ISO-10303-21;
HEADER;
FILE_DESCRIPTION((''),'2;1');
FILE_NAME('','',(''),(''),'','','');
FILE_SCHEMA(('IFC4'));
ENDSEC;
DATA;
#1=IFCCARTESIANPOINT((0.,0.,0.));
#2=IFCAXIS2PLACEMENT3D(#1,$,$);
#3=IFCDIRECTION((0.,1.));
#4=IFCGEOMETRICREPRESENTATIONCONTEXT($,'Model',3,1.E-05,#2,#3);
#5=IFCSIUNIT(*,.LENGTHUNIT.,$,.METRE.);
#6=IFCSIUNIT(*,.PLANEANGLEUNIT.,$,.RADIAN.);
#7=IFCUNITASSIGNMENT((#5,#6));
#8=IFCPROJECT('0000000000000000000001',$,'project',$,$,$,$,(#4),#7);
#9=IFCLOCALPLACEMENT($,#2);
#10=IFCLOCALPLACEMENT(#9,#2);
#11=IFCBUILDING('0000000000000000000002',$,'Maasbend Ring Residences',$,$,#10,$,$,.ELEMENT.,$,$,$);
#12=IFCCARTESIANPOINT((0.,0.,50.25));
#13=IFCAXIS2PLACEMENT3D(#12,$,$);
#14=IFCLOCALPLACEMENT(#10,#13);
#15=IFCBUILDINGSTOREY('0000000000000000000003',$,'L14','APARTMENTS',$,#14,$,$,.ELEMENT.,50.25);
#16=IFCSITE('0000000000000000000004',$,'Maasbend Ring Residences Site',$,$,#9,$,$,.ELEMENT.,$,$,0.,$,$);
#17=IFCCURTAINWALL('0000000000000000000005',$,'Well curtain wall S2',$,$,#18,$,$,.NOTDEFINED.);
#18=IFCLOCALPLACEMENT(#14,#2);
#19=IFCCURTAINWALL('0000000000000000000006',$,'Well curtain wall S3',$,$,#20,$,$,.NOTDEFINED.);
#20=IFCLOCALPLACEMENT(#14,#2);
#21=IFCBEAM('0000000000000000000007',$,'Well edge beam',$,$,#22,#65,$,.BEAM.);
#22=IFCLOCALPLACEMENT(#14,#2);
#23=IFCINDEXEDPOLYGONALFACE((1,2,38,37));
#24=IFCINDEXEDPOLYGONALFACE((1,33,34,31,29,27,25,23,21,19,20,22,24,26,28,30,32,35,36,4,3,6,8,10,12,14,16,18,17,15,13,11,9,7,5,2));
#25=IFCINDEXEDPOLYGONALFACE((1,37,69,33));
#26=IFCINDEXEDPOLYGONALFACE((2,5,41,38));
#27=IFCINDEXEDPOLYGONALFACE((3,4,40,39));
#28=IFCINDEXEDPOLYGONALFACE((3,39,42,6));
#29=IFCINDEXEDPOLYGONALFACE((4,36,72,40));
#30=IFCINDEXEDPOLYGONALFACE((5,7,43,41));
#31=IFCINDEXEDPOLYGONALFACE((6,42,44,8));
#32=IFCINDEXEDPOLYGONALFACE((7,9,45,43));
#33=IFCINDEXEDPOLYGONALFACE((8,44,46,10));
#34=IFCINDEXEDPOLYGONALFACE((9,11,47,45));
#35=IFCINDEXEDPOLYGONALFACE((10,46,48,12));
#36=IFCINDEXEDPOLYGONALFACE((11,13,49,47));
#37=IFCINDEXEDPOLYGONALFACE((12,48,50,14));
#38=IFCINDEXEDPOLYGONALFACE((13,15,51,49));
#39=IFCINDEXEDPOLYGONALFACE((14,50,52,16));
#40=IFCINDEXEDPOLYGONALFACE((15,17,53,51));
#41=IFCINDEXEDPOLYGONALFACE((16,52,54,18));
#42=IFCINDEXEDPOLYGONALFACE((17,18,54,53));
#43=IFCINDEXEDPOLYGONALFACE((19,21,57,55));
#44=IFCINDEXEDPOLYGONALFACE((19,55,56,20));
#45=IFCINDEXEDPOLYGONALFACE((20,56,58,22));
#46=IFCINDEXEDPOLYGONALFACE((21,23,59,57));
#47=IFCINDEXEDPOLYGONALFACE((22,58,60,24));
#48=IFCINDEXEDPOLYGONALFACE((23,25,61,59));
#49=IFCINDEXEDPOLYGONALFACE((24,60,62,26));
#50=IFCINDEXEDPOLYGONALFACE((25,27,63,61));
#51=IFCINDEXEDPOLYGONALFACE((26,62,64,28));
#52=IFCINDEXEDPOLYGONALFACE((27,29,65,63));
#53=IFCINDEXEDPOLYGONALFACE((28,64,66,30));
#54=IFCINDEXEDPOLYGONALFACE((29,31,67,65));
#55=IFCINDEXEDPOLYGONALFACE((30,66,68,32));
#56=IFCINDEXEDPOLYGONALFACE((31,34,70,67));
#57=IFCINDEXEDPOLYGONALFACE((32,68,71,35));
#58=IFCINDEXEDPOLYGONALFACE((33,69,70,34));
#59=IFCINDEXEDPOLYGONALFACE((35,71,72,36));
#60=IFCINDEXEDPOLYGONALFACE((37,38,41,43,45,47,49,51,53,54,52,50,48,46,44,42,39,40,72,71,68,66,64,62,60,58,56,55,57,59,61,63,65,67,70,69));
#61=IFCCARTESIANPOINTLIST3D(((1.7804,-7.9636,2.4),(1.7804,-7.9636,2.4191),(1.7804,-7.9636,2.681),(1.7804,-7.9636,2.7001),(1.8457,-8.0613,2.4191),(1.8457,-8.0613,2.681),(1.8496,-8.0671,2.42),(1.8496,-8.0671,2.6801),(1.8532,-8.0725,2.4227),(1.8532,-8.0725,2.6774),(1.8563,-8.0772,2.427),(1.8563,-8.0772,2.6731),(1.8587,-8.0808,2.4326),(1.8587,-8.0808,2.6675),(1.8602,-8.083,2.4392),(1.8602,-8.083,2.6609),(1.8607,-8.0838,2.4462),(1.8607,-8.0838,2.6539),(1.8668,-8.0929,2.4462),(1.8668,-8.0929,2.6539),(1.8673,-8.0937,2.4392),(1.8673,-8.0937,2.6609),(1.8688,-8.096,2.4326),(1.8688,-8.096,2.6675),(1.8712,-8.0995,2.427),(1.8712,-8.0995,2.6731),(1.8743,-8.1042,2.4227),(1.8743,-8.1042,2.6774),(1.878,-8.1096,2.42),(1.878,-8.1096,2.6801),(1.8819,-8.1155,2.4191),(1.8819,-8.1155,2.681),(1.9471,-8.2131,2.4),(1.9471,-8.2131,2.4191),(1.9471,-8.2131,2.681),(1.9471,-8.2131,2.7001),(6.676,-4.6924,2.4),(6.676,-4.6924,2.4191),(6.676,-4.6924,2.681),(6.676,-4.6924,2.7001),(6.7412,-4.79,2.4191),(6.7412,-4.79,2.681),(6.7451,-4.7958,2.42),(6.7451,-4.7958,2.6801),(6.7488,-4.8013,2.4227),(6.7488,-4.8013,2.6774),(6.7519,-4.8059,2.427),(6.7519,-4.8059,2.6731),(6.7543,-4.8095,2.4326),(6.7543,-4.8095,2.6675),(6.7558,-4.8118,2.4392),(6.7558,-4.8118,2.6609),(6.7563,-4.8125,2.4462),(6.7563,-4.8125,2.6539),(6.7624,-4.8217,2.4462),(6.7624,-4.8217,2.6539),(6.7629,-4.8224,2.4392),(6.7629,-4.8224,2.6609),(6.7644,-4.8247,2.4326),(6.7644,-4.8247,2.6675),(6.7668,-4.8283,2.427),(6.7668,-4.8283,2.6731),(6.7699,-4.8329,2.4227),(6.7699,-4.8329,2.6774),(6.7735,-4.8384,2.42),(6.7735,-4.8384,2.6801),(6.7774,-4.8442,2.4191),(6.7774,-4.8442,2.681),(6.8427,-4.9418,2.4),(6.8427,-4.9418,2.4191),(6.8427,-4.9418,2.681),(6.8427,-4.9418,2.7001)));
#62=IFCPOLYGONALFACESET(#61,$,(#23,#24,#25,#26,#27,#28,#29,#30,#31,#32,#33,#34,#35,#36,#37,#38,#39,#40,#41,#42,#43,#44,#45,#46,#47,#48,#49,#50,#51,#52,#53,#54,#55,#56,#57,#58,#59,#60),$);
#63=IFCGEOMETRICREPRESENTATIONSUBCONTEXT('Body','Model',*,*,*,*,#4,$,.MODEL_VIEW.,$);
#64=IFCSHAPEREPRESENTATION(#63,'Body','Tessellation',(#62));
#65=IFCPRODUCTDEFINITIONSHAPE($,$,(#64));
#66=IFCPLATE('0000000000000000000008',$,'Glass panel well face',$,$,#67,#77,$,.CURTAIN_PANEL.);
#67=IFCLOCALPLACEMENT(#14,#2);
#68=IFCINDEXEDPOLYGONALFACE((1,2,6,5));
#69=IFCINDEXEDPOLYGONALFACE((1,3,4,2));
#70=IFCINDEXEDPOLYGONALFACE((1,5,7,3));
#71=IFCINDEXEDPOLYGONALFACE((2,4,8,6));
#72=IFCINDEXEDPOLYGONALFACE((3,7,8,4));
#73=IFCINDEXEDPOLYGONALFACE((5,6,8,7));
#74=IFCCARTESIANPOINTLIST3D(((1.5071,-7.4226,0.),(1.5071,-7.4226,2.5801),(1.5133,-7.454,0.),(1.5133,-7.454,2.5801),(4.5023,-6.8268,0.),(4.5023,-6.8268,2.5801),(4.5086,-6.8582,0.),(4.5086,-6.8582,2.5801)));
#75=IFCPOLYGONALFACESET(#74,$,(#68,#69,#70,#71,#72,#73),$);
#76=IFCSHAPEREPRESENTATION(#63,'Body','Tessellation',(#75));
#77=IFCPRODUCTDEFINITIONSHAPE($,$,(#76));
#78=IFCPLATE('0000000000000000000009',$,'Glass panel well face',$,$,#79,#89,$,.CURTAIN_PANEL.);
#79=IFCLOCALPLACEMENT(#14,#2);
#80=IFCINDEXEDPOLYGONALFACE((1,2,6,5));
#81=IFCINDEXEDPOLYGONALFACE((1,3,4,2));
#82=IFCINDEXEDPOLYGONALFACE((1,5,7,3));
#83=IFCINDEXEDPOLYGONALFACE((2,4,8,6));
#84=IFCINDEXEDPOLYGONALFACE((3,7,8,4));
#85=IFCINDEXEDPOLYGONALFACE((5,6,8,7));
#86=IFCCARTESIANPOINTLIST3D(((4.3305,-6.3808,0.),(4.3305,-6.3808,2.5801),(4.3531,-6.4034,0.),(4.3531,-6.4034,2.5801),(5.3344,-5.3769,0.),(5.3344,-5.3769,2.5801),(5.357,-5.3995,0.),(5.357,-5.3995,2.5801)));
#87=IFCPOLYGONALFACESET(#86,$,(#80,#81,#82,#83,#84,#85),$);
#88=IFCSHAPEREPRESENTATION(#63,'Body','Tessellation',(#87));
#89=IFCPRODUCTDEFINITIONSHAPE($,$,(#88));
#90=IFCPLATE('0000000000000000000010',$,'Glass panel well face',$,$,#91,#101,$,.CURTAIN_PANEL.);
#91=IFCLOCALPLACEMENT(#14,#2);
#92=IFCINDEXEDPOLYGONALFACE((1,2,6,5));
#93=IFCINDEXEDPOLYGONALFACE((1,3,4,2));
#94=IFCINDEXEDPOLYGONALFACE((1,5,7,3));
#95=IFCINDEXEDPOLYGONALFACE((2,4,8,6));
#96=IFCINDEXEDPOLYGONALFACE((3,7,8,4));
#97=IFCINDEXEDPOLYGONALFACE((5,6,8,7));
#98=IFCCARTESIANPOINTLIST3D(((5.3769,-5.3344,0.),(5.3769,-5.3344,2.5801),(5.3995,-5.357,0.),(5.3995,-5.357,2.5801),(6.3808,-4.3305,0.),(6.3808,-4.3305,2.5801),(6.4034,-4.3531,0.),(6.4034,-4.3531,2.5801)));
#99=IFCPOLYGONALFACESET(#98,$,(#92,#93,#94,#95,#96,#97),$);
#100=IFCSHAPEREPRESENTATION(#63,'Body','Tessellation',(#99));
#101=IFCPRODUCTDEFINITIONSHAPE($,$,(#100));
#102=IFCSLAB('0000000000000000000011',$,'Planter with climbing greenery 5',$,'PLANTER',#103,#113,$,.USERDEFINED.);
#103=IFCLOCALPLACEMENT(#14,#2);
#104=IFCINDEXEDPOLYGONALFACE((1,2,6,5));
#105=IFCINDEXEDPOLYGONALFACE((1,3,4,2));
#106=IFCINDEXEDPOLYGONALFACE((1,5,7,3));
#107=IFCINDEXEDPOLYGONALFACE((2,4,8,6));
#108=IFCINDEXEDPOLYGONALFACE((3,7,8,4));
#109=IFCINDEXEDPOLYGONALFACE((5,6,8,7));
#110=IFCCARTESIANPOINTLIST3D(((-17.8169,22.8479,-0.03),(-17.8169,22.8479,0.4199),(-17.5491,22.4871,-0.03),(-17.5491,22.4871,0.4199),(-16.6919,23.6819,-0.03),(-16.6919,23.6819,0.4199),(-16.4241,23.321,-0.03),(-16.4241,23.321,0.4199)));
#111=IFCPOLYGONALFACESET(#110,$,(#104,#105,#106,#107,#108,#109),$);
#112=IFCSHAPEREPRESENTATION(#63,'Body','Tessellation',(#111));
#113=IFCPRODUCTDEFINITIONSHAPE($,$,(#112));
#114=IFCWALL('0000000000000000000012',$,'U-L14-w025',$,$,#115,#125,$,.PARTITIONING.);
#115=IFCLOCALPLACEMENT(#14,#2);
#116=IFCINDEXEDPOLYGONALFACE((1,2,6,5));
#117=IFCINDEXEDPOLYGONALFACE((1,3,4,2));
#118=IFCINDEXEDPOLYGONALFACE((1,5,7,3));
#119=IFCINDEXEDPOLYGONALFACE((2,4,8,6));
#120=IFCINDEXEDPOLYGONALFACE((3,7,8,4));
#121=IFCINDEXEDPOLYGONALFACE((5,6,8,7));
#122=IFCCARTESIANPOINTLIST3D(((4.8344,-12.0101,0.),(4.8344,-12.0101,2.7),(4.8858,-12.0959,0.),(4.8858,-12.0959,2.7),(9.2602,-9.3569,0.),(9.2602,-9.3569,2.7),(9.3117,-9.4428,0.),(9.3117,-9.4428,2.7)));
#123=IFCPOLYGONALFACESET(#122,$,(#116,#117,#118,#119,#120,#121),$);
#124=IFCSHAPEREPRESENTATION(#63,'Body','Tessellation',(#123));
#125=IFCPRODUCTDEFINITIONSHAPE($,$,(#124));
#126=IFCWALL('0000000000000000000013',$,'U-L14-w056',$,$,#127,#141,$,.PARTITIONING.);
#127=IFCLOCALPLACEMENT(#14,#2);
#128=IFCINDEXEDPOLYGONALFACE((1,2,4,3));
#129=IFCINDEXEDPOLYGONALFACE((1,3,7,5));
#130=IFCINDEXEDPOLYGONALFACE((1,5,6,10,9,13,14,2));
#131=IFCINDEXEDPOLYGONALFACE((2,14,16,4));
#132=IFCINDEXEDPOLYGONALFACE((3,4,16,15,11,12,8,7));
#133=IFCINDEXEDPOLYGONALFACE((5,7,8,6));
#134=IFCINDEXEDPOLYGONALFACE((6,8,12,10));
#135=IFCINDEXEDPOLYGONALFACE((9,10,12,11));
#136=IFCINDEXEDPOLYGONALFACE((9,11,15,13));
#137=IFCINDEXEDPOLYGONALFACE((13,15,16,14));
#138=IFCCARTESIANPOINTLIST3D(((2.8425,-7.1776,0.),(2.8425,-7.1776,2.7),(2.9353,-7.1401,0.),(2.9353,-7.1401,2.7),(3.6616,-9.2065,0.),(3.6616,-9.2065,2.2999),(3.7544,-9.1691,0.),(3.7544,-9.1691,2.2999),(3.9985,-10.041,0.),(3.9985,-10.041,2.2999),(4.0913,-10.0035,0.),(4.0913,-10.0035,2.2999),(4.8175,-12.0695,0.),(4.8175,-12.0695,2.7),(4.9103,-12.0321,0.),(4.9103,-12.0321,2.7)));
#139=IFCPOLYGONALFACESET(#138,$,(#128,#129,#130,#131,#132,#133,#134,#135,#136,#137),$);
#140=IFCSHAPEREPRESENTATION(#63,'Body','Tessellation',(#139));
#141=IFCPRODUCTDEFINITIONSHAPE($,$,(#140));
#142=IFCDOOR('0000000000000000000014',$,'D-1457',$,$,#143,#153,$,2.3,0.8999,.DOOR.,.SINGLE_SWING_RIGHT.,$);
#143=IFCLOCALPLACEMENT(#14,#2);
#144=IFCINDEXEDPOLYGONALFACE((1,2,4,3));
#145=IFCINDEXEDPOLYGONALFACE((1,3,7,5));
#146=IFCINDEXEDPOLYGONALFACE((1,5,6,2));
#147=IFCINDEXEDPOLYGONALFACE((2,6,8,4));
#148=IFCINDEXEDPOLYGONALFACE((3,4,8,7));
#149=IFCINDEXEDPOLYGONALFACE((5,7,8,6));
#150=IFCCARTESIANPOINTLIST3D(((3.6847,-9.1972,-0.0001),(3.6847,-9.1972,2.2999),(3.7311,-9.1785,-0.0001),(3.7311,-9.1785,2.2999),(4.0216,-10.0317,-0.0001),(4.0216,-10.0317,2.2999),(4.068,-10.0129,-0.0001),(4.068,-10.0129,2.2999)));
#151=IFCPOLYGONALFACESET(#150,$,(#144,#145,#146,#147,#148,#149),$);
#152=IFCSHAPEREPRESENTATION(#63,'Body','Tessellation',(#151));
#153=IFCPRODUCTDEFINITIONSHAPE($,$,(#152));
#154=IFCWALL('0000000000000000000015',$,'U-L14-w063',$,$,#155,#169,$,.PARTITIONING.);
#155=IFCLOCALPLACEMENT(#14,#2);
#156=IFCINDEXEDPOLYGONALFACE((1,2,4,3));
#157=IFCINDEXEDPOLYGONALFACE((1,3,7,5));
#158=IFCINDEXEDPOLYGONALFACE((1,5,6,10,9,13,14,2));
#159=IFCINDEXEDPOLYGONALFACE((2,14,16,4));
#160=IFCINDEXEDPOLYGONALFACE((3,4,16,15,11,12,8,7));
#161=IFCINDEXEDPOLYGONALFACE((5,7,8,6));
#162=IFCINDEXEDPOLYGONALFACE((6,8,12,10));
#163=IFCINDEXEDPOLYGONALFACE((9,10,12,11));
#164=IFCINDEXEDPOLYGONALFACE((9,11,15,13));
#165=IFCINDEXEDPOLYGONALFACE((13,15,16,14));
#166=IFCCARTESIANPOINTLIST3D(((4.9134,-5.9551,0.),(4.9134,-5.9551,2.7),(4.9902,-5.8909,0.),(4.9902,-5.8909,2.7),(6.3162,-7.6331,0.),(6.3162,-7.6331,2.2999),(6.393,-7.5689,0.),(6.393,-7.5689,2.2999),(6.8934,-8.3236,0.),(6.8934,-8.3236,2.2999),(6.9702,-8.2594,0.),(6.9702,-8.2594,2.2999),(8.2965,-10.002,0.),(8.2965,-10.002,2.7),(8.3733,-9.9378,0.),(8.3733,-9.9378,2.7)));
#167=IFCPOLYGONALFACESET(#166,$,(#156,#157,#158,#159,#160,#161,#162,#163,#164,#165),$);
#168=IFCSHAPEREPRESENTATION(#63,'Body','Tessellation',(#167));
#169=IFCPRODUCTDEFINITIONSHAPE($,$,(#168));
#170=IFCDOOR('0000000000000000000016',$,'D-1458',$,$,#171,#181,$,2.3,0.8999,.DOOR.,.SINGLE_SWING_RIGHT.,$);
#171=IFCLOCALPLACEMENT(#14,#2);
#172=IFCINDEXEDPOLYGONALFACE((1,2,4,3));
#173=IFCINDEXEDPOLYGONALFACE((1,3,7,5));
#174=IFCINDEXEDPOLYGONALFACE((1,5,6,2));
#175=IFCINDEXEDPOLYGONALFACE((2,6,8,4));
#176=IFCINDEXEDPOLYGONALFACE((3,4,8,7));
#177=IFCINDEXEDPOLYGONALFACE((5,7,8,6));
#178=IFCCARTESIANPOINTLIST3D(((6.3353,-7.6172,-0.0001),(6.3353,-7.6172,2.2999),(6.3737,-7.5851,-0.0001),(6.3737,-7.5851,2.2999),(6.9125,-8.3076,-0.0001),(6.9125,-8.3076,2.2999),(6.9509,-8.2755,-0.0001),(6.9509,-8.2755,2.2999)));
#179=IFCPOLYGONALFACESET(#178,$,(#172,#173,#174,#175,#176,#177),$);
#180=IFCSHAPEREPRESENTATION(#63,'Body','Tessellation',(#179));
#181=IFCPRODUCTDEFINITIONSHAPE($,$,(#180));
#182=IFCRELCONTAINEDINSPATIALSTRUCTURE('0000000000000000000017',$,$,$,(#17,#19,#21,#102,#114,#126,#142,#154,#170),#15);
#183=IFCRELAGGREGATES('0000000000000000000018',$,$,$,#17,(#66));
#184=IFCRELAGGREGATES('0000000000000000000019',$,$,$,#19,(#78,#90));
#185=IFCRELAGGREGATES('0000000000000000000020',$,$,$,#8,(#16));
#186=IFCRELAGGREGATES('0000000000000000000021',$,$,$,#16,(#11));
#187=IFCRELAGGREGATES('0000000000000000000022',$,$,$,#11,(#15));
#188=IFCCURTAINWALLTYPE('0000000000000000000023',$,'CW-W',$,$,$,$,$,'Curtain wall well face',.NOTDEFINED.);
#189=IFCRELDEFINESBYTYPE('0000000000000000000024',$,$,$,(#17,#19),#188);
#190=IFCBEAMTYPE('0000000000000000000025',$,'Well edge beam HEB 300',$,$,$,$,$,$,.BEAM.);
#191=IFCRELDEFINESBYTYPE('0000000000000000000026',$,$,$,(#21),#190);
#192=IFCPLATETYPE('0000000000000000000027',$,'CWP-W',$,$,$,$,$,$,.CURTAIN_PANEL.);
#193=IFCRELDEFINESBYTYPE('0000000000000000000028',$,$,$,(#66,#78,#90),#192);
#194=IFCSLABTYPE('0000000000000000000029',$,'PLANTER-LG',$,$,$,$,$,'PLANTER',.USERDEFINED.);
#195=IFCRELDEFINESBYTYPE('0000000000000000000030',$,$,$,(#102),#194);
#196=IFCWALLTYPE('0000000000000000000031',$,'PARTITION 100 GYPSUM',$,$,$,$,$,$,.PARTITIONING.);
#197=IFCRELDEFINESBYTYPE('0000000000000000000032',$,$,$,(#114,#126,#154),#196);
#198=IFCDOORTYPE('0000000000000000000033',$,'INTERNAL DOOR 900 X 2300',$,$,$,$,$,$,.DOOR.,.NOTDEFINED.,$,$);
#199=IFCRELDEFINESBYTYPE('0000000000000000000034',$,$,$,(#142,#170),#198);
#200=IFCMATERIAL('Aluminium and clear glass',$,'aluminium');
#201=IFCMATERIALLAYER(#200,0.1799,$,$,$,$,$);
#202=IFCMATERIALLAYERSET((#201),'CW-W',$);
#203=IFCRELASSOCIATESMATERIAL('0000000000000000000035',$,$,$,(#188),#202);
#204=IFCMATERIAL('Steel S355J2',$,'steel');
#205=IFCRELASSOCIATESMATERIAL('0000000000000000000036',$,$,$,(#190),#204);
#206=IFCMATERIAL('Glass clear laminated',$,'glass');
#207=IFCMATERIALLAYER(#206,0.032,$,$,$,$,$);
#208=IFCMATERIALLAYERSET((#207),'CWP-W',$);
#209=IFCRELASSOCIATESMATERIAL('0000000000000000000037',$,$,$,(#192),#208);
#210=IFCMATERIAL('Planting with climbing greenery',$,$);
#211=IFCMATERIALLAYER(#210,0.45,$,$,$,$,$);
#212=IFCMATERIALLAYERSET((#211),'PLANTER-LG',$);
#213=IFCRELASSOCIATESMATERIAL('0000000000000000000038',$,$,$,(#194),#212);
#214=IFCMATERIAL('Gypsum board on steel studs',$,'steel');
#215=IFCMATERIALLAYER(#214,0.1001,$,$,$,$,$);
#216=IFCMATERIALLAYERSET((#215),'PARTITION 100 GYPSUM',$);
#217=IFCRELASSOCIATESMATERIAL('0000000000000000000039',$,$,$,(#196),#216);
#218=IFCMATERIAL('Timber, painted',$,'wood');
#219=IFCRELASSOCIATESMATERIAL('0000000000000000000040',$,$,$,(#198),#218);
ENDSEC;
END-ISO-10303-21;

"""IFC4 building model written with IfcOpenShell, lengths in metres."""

from ifc_helpers import new_model, si_unit, direction, frame, frame_2d, origin, origin_2d, place, context, subcontext, project, spatial, polyline, rectangle, i_section, outline, extrude, material, layer, layer_set, material_profile, profile_set, type_object, element, fill, aggregate, save


model = new_model("IFC4")

# Units and contexts
model_context = context("Model", 3, precision=1e-05, world=origin(), true_north=direction((0.0, 1.0)))
body_context = subcontext(model_context, "Body", "Model", "MODEL_VIEW")
ifc_project = project(units=[si_unit("LENGTHUNIT", "METRE"), si_unit("PLANEANGLEUNIT", "RADIAN")], contexts=[model_context])

# Site, building, storey
site_placement = place(None, origin())
site = spatial("IfcSite", under=ifc_project, at=site_placement, Name="Maasbend Ring Residences Site", CompositionType="ELEMENT", RefElevation=0.0)
building_placement = place(site_placement, origin())
building = spatial("IfcBuilding", under=site, at=building_placement, Name="Maasbend Ring Residences", CompositionType="ELEMENT")
storey_placement = place(building_placement, frame((0.0, 0.0, 50.25)))
storey = spatial("IfcBuildingStorey", under=building, at=storey_placement, Name="L14", Description="APARTMENTS", CompositionType="ELEMENT", Elevation=50.25)

# Curtain walls
ifc_material_1 = material(Name="Aluminium and clear glass", Category="aluminium")
ifc_layer_1 = layer(ifc_material_1, 0.1799)
ifc_layer_set_1 = layer_set([ifc_layer_1], Name="CW-W")
curtain_wall_type = type_object("IfcCurtainWallType", Name="CW-W", ElementType="Curtain wall well face", PredefinedType="NOTDEFINED", material=ifc_layer_set_1)
curtain_wall_1_placement = place(storey_placement, origin())
curtain_wall_1 = element("IfcCurtainWall", 1, at=curtain_wall_1_placement, inside=storey, type_object=curtain_wall_type, Name="Well curtain wall S2", PredefinedType="NOTDEFINED")
curtain_wall_2_placement = place(storey_placement, origin())
curtain_wall_2 = element("IfcCurtainWall", 2, at=curtain_wall_2_placement, inside=storey, type_object=curtain_wall_type, Name="Well curtain wall S3", PredefinedType="NOTDEFINED")

# Beam
ifc_material_2 = material(Name="Steel S355J2", Category="steel")
ifc_material_profile_1 = material_profile(ifc_material_2, i_section(OverallWidth=0.3, OverallDepth=0.3, WebThickness=0.011, FlangeThickness=0.019, FilletRadius=0.0271, at=origin_2d()), Name="HEB 300")
ifc_profile_set_1 = profile_set([ifc_material_profile_1], Name="Steel S355J2")
beam_type = type_object("IfcBeamType", Name="Well edge beam HEB 300", PredefinedType="BEAM", material=ifc_profile_set_1)
beam_placement = place(storey_placement, frame((1.8638, -8.0884, 2.55), z_axis=(0.831457, 0.55559, 0.0), x_axis=(-0.55559, 0.831457, 0.0)))
element("IfcBeam", 3, at=beam_placement, inside=storey, type_object=beam_type, Name="Well edge beam", PredefinedType="BEAM", context=body_context, shape_type="SweptSolid", body=[
    extrude(i_section(OverallWidth=0.3, OverallDepth=0.3, WebThickness=0.011, FlangeThickness=0.019, FilletRadius=0.0271, at=origin_2d()), origin(), (0.0, 0.0, 1.0), 5.8879),
])

# Plates
ifc_material_3 = material(Name="Glass clear laminated", Category="glass")
ifc_layer_2 = layer(ifc_material_3, 0.032)
ifc_layer_set_2 = layer_set([ifc_layer_2], Name="CWP-W")
plate_type = type_object("IfcPlateType", Name="CWP-W", PredefinedType="CURTAIN_PANEL", material=ifc_layer_set_2)
plate_1_placement = place(storey_placement, frame((3.0078, -7.1404, 0.0), z_axis=(0.0, 0.0, 1.0), x_axis=(0.980785, 0.19509, 0.0)))
plate_1 = element("IfcPlate", 4, at=plate_1_placement, type_object=plate_type, Name="Glass panel well face", PredefinedType="CURTAIN_PANEL", context=body_context, shape_type="SweptSolid", body=[
    extrude(rectangle(XDim=3.054, YDim=0.032, at=origin_2d()), origin(), (0.0, 0.0, 1.0), 2.5801),
])
aggregate(curtain_wall_1, [plate_1])
plate_2_placement = place(storey_placement, frame((4.8438, -5.8901, 0.0), z_axis=(0.0, 0.0, 1.0), x_axis=(0.707107, 0.707107, 0.0)))
plate_2 = element("IfcPlate", 5, at=plate_2_placement, type_object=plate_type, Name="Glass panel well face", PredefinedType="CURTAIN_PANEL", context=body_context, shape_type="SweptSolid", body=[
    extrude(rectangle(XDim=1.4197, YDim=0.032, at=origin_2d()), origin(), (0.0, 0.0, 1.0), 2.5801),
])
plate_3_placement = place(storey_placement, frame((5.8901, -4.8438, 0.0), z_axis=(0.0, 0.0, 1.0), x_axis=(0.707107, 0.707107, 0.0)))
plate_3 = element("IfcPlate", 6, at=plate_3_placement, type_object=plate_type, Name="Glass panel well face", PredefinedType="CURTAIN_PANEL", context=body_context, shape_type="SweptSolid", body=[
    extrude(rectangle(XDim=1.4197, YDim=0.032, at=origin_2d()), origin(), (0.0, 0.0, 1.0), 2.5801),
])
aggregate(curtain_wall_2, [plate_2, plate_3])

# Slab
ifc_material_4 = material(Name="Planting with climbing greenery")
ifc_layer_3 = layer(ifc_material_4, 0.45)
ifc_layer_set_3 = layer_set([ifc_layer_3], Name="PLANTER-LG")
slab_type = type_object("IfcSlabType", Name="PLANTER-LG", ElementType="PLANTER", PredefinedType="USERDEFINED", material=ifc_layer_set_3)
slab_placement = place(storey_placement, frame((0.0, 0.0, -0.03)))
element("IfcSlab", 7, at=slab_placement, inside=storey, type_object=slab_type, Name="Planter with climbing greenery 5", ObjectType="PLANTER", PredefinedType="USERDEFINED", context=body_context, shape_type="SweptSolid", body=[
    extrude(outline(polyline([(-16.6919, 23.6819), (-17.8169, 22.8479), (-17.5491, 22.4871), (-16.4241, 23.321), (-16.6919, 23.6819)])), origin(), (0.0, 0.0, 1.0), 0.45),
])

# Wall
ifc_material_5 = material(Name="Gypsum board on steel studs", Category="steel")
ifc_layer_4 = layer(ifc_material_5, 0.1001)
ifc_layer_set_4 = layer_set([ifc_layer_4], Name="PARTITION 100 GYPSUM")
wall_type = type_object("IfcWallType", Name="PARTITION 100 GYPSUM", PredefinedType="PARTITIONING", material=ifc_layer_set_4)
wall_1_placement = place(storey_placement, frame((4.8601, -12.053, 0.0), z_axis=(0.0, 0.0, 1.0), x_axis=(0.857697, 0.514155, 0.0)))
element("IfcWall", 8, at=wall_1_placement, inside=storey, type_object=wall_type, Name="U-L14-w025", PredefinedType="PARTITIONING", context=body_context, shape_type="SweptSolid", body=[
    extrude(rectangle(XDim=5.1602, YDim=0.1001, at=frame_2d((2.5801, 0.0))), origin(), (0.0, 0.0, 1.0), 2.7),
])

# Walls, openings, doors
wall_2_placement = place(storey_placement, frame((2.8889, -7.1589, 0.0), z_axis=(0.0, 0.0, 1.0), x_axis=(0.374373, -0.927278, 0.0)))
wall_2 = element("IfcWall", 9, at=wall_2_placement, inside=storey, type_object=wall_type, Name="U-L14-w056", PredefinedType="PARTITIONING", context=body_context, shape_type="SweptSolid", body=[
    extrude(rectangle(XDim=5.2756, YDim=0.1001, at=frame_2d((2.6377, 0.0))), origin(), (0.0, 0.0, 1.0), 2.7),
])
opening_1_placement = place(wall_2_placement, frame((2.188, 0.0, 0.0)))
opening_1 = element("IfcOpeningElement", 10, at=opening_1_placement, cuts=wall_2, PredefinedType="OPENING", context=body_context, shape_type="SweptSolid", body=[
    extrude(rectangle(XDim=0.8999, YDim=2.3, at=frame_2d((0.45, 1.1499))), frame((0.0, 0.0601, 0.0), z_axis=(0.0, -1.0, 0.0), x_axis=(1.0, 0.0, 0.0)), (0.0, 0.0, 1.0), 0.1201),
])
ifc_material_6 = material(Name="Timber, painted", Category="wood")
door_type = type_object("IfcDoorType", Name="INTERNAL DOOR 900 X 2300", OperationType="NOTDEFINED", PredefinedType="DOOR", material=ifc_material_6)
door_1_placement = place(opening_1_placement, origin())
door_1 = element("IfcDoor", 11, at=door_1_placement, inside=storey, type_object=door_type, Name="D-1457", OperationType="SINGLE_SWING_RIGHT", OverallHeight=2.3, OverallWidth=0.8999, PredefinedType="DOOR", context=body_context, shape_type="SweptSolid", body=[
    extrude(rectangle(XDim=0.8999, YDim=2.3, at=frame_2d((0.45, 1.1499))), frame((0.0, 0.0249, 0.0), z_axis=(0.0, -1.0, 0.0), x_axis=(1.0, 0.0, 0.0)), (0.0, 0.0, 1.0), 0.05),
])
fill(opening_1, door_1)
wall_3_placement = place(storey_placement, frame((4.9519, -5.9231, 0.0), z_axis=(0.0, 0.0, 1.0), x_axis=(0.641376, -0.767226, 0.0)))
wall_3 = element("IfcWall", 12, at=wall_3_placement, inside=storey, type_object=wall_type, Name="U-L14-w063", PredefinedType="PARTITIONING", context=body_context, shape_type="SweptSolid", body=[
    extrude(rectangle(XDim=5.2747, YDim=0.1001, at=frame_2d((2.6372, 0.0))), origin(), (0.0, 0.0, 1.0), 2.7),
])
opening_2_placement = place(wall_3_placement, frame((2.187, 0.0, 0.0)))
opening_2 = element("IfcOpeningElement", 13, at=opening_2_placement, cuts=wall_3, PredefinedType="OPENING", context=body_context, shape_type="SweptSolid", body=[
    extrude(rectangle(XDim=0.8999, YDim=2.3, at=frame_2d((0.45, 1.1499))), frame((0.0, 0.0601, 0.0), z_axis=(0.0, -1.0, 0.0), x_axis=(1.0, 0.0, 0.0)), (0.0, 0.0, 1.0), 0.1201),
])
door_2_placement = place(opening_2_placement, origin())
door_2 = element("IfcDoor", 14, at=door_2_placement, inside=storey, type_object=door_type, Name="D-1458", OperationType="SINGLE_SWING_RIGHT", OverallHeight=2.3, OverallWidth=0.8999, PredefinedType="DOOR", context=body_context, shape_type="SweptSolid", body=[
    extrude(rectangle(XDim=0.8999, YDim=2.3, at=frame_2d((0.45, 1.1499))), frame((0.0, 0.0249, 0.0), z_axis=(0.0, -1.0, 0.0), x_axis=(1.0, 0.0, 0.0)), (0.0, 0.0, 1.0), 0.05),
])
fill(opening_2, door_2)

save(model, "model.ifc")
